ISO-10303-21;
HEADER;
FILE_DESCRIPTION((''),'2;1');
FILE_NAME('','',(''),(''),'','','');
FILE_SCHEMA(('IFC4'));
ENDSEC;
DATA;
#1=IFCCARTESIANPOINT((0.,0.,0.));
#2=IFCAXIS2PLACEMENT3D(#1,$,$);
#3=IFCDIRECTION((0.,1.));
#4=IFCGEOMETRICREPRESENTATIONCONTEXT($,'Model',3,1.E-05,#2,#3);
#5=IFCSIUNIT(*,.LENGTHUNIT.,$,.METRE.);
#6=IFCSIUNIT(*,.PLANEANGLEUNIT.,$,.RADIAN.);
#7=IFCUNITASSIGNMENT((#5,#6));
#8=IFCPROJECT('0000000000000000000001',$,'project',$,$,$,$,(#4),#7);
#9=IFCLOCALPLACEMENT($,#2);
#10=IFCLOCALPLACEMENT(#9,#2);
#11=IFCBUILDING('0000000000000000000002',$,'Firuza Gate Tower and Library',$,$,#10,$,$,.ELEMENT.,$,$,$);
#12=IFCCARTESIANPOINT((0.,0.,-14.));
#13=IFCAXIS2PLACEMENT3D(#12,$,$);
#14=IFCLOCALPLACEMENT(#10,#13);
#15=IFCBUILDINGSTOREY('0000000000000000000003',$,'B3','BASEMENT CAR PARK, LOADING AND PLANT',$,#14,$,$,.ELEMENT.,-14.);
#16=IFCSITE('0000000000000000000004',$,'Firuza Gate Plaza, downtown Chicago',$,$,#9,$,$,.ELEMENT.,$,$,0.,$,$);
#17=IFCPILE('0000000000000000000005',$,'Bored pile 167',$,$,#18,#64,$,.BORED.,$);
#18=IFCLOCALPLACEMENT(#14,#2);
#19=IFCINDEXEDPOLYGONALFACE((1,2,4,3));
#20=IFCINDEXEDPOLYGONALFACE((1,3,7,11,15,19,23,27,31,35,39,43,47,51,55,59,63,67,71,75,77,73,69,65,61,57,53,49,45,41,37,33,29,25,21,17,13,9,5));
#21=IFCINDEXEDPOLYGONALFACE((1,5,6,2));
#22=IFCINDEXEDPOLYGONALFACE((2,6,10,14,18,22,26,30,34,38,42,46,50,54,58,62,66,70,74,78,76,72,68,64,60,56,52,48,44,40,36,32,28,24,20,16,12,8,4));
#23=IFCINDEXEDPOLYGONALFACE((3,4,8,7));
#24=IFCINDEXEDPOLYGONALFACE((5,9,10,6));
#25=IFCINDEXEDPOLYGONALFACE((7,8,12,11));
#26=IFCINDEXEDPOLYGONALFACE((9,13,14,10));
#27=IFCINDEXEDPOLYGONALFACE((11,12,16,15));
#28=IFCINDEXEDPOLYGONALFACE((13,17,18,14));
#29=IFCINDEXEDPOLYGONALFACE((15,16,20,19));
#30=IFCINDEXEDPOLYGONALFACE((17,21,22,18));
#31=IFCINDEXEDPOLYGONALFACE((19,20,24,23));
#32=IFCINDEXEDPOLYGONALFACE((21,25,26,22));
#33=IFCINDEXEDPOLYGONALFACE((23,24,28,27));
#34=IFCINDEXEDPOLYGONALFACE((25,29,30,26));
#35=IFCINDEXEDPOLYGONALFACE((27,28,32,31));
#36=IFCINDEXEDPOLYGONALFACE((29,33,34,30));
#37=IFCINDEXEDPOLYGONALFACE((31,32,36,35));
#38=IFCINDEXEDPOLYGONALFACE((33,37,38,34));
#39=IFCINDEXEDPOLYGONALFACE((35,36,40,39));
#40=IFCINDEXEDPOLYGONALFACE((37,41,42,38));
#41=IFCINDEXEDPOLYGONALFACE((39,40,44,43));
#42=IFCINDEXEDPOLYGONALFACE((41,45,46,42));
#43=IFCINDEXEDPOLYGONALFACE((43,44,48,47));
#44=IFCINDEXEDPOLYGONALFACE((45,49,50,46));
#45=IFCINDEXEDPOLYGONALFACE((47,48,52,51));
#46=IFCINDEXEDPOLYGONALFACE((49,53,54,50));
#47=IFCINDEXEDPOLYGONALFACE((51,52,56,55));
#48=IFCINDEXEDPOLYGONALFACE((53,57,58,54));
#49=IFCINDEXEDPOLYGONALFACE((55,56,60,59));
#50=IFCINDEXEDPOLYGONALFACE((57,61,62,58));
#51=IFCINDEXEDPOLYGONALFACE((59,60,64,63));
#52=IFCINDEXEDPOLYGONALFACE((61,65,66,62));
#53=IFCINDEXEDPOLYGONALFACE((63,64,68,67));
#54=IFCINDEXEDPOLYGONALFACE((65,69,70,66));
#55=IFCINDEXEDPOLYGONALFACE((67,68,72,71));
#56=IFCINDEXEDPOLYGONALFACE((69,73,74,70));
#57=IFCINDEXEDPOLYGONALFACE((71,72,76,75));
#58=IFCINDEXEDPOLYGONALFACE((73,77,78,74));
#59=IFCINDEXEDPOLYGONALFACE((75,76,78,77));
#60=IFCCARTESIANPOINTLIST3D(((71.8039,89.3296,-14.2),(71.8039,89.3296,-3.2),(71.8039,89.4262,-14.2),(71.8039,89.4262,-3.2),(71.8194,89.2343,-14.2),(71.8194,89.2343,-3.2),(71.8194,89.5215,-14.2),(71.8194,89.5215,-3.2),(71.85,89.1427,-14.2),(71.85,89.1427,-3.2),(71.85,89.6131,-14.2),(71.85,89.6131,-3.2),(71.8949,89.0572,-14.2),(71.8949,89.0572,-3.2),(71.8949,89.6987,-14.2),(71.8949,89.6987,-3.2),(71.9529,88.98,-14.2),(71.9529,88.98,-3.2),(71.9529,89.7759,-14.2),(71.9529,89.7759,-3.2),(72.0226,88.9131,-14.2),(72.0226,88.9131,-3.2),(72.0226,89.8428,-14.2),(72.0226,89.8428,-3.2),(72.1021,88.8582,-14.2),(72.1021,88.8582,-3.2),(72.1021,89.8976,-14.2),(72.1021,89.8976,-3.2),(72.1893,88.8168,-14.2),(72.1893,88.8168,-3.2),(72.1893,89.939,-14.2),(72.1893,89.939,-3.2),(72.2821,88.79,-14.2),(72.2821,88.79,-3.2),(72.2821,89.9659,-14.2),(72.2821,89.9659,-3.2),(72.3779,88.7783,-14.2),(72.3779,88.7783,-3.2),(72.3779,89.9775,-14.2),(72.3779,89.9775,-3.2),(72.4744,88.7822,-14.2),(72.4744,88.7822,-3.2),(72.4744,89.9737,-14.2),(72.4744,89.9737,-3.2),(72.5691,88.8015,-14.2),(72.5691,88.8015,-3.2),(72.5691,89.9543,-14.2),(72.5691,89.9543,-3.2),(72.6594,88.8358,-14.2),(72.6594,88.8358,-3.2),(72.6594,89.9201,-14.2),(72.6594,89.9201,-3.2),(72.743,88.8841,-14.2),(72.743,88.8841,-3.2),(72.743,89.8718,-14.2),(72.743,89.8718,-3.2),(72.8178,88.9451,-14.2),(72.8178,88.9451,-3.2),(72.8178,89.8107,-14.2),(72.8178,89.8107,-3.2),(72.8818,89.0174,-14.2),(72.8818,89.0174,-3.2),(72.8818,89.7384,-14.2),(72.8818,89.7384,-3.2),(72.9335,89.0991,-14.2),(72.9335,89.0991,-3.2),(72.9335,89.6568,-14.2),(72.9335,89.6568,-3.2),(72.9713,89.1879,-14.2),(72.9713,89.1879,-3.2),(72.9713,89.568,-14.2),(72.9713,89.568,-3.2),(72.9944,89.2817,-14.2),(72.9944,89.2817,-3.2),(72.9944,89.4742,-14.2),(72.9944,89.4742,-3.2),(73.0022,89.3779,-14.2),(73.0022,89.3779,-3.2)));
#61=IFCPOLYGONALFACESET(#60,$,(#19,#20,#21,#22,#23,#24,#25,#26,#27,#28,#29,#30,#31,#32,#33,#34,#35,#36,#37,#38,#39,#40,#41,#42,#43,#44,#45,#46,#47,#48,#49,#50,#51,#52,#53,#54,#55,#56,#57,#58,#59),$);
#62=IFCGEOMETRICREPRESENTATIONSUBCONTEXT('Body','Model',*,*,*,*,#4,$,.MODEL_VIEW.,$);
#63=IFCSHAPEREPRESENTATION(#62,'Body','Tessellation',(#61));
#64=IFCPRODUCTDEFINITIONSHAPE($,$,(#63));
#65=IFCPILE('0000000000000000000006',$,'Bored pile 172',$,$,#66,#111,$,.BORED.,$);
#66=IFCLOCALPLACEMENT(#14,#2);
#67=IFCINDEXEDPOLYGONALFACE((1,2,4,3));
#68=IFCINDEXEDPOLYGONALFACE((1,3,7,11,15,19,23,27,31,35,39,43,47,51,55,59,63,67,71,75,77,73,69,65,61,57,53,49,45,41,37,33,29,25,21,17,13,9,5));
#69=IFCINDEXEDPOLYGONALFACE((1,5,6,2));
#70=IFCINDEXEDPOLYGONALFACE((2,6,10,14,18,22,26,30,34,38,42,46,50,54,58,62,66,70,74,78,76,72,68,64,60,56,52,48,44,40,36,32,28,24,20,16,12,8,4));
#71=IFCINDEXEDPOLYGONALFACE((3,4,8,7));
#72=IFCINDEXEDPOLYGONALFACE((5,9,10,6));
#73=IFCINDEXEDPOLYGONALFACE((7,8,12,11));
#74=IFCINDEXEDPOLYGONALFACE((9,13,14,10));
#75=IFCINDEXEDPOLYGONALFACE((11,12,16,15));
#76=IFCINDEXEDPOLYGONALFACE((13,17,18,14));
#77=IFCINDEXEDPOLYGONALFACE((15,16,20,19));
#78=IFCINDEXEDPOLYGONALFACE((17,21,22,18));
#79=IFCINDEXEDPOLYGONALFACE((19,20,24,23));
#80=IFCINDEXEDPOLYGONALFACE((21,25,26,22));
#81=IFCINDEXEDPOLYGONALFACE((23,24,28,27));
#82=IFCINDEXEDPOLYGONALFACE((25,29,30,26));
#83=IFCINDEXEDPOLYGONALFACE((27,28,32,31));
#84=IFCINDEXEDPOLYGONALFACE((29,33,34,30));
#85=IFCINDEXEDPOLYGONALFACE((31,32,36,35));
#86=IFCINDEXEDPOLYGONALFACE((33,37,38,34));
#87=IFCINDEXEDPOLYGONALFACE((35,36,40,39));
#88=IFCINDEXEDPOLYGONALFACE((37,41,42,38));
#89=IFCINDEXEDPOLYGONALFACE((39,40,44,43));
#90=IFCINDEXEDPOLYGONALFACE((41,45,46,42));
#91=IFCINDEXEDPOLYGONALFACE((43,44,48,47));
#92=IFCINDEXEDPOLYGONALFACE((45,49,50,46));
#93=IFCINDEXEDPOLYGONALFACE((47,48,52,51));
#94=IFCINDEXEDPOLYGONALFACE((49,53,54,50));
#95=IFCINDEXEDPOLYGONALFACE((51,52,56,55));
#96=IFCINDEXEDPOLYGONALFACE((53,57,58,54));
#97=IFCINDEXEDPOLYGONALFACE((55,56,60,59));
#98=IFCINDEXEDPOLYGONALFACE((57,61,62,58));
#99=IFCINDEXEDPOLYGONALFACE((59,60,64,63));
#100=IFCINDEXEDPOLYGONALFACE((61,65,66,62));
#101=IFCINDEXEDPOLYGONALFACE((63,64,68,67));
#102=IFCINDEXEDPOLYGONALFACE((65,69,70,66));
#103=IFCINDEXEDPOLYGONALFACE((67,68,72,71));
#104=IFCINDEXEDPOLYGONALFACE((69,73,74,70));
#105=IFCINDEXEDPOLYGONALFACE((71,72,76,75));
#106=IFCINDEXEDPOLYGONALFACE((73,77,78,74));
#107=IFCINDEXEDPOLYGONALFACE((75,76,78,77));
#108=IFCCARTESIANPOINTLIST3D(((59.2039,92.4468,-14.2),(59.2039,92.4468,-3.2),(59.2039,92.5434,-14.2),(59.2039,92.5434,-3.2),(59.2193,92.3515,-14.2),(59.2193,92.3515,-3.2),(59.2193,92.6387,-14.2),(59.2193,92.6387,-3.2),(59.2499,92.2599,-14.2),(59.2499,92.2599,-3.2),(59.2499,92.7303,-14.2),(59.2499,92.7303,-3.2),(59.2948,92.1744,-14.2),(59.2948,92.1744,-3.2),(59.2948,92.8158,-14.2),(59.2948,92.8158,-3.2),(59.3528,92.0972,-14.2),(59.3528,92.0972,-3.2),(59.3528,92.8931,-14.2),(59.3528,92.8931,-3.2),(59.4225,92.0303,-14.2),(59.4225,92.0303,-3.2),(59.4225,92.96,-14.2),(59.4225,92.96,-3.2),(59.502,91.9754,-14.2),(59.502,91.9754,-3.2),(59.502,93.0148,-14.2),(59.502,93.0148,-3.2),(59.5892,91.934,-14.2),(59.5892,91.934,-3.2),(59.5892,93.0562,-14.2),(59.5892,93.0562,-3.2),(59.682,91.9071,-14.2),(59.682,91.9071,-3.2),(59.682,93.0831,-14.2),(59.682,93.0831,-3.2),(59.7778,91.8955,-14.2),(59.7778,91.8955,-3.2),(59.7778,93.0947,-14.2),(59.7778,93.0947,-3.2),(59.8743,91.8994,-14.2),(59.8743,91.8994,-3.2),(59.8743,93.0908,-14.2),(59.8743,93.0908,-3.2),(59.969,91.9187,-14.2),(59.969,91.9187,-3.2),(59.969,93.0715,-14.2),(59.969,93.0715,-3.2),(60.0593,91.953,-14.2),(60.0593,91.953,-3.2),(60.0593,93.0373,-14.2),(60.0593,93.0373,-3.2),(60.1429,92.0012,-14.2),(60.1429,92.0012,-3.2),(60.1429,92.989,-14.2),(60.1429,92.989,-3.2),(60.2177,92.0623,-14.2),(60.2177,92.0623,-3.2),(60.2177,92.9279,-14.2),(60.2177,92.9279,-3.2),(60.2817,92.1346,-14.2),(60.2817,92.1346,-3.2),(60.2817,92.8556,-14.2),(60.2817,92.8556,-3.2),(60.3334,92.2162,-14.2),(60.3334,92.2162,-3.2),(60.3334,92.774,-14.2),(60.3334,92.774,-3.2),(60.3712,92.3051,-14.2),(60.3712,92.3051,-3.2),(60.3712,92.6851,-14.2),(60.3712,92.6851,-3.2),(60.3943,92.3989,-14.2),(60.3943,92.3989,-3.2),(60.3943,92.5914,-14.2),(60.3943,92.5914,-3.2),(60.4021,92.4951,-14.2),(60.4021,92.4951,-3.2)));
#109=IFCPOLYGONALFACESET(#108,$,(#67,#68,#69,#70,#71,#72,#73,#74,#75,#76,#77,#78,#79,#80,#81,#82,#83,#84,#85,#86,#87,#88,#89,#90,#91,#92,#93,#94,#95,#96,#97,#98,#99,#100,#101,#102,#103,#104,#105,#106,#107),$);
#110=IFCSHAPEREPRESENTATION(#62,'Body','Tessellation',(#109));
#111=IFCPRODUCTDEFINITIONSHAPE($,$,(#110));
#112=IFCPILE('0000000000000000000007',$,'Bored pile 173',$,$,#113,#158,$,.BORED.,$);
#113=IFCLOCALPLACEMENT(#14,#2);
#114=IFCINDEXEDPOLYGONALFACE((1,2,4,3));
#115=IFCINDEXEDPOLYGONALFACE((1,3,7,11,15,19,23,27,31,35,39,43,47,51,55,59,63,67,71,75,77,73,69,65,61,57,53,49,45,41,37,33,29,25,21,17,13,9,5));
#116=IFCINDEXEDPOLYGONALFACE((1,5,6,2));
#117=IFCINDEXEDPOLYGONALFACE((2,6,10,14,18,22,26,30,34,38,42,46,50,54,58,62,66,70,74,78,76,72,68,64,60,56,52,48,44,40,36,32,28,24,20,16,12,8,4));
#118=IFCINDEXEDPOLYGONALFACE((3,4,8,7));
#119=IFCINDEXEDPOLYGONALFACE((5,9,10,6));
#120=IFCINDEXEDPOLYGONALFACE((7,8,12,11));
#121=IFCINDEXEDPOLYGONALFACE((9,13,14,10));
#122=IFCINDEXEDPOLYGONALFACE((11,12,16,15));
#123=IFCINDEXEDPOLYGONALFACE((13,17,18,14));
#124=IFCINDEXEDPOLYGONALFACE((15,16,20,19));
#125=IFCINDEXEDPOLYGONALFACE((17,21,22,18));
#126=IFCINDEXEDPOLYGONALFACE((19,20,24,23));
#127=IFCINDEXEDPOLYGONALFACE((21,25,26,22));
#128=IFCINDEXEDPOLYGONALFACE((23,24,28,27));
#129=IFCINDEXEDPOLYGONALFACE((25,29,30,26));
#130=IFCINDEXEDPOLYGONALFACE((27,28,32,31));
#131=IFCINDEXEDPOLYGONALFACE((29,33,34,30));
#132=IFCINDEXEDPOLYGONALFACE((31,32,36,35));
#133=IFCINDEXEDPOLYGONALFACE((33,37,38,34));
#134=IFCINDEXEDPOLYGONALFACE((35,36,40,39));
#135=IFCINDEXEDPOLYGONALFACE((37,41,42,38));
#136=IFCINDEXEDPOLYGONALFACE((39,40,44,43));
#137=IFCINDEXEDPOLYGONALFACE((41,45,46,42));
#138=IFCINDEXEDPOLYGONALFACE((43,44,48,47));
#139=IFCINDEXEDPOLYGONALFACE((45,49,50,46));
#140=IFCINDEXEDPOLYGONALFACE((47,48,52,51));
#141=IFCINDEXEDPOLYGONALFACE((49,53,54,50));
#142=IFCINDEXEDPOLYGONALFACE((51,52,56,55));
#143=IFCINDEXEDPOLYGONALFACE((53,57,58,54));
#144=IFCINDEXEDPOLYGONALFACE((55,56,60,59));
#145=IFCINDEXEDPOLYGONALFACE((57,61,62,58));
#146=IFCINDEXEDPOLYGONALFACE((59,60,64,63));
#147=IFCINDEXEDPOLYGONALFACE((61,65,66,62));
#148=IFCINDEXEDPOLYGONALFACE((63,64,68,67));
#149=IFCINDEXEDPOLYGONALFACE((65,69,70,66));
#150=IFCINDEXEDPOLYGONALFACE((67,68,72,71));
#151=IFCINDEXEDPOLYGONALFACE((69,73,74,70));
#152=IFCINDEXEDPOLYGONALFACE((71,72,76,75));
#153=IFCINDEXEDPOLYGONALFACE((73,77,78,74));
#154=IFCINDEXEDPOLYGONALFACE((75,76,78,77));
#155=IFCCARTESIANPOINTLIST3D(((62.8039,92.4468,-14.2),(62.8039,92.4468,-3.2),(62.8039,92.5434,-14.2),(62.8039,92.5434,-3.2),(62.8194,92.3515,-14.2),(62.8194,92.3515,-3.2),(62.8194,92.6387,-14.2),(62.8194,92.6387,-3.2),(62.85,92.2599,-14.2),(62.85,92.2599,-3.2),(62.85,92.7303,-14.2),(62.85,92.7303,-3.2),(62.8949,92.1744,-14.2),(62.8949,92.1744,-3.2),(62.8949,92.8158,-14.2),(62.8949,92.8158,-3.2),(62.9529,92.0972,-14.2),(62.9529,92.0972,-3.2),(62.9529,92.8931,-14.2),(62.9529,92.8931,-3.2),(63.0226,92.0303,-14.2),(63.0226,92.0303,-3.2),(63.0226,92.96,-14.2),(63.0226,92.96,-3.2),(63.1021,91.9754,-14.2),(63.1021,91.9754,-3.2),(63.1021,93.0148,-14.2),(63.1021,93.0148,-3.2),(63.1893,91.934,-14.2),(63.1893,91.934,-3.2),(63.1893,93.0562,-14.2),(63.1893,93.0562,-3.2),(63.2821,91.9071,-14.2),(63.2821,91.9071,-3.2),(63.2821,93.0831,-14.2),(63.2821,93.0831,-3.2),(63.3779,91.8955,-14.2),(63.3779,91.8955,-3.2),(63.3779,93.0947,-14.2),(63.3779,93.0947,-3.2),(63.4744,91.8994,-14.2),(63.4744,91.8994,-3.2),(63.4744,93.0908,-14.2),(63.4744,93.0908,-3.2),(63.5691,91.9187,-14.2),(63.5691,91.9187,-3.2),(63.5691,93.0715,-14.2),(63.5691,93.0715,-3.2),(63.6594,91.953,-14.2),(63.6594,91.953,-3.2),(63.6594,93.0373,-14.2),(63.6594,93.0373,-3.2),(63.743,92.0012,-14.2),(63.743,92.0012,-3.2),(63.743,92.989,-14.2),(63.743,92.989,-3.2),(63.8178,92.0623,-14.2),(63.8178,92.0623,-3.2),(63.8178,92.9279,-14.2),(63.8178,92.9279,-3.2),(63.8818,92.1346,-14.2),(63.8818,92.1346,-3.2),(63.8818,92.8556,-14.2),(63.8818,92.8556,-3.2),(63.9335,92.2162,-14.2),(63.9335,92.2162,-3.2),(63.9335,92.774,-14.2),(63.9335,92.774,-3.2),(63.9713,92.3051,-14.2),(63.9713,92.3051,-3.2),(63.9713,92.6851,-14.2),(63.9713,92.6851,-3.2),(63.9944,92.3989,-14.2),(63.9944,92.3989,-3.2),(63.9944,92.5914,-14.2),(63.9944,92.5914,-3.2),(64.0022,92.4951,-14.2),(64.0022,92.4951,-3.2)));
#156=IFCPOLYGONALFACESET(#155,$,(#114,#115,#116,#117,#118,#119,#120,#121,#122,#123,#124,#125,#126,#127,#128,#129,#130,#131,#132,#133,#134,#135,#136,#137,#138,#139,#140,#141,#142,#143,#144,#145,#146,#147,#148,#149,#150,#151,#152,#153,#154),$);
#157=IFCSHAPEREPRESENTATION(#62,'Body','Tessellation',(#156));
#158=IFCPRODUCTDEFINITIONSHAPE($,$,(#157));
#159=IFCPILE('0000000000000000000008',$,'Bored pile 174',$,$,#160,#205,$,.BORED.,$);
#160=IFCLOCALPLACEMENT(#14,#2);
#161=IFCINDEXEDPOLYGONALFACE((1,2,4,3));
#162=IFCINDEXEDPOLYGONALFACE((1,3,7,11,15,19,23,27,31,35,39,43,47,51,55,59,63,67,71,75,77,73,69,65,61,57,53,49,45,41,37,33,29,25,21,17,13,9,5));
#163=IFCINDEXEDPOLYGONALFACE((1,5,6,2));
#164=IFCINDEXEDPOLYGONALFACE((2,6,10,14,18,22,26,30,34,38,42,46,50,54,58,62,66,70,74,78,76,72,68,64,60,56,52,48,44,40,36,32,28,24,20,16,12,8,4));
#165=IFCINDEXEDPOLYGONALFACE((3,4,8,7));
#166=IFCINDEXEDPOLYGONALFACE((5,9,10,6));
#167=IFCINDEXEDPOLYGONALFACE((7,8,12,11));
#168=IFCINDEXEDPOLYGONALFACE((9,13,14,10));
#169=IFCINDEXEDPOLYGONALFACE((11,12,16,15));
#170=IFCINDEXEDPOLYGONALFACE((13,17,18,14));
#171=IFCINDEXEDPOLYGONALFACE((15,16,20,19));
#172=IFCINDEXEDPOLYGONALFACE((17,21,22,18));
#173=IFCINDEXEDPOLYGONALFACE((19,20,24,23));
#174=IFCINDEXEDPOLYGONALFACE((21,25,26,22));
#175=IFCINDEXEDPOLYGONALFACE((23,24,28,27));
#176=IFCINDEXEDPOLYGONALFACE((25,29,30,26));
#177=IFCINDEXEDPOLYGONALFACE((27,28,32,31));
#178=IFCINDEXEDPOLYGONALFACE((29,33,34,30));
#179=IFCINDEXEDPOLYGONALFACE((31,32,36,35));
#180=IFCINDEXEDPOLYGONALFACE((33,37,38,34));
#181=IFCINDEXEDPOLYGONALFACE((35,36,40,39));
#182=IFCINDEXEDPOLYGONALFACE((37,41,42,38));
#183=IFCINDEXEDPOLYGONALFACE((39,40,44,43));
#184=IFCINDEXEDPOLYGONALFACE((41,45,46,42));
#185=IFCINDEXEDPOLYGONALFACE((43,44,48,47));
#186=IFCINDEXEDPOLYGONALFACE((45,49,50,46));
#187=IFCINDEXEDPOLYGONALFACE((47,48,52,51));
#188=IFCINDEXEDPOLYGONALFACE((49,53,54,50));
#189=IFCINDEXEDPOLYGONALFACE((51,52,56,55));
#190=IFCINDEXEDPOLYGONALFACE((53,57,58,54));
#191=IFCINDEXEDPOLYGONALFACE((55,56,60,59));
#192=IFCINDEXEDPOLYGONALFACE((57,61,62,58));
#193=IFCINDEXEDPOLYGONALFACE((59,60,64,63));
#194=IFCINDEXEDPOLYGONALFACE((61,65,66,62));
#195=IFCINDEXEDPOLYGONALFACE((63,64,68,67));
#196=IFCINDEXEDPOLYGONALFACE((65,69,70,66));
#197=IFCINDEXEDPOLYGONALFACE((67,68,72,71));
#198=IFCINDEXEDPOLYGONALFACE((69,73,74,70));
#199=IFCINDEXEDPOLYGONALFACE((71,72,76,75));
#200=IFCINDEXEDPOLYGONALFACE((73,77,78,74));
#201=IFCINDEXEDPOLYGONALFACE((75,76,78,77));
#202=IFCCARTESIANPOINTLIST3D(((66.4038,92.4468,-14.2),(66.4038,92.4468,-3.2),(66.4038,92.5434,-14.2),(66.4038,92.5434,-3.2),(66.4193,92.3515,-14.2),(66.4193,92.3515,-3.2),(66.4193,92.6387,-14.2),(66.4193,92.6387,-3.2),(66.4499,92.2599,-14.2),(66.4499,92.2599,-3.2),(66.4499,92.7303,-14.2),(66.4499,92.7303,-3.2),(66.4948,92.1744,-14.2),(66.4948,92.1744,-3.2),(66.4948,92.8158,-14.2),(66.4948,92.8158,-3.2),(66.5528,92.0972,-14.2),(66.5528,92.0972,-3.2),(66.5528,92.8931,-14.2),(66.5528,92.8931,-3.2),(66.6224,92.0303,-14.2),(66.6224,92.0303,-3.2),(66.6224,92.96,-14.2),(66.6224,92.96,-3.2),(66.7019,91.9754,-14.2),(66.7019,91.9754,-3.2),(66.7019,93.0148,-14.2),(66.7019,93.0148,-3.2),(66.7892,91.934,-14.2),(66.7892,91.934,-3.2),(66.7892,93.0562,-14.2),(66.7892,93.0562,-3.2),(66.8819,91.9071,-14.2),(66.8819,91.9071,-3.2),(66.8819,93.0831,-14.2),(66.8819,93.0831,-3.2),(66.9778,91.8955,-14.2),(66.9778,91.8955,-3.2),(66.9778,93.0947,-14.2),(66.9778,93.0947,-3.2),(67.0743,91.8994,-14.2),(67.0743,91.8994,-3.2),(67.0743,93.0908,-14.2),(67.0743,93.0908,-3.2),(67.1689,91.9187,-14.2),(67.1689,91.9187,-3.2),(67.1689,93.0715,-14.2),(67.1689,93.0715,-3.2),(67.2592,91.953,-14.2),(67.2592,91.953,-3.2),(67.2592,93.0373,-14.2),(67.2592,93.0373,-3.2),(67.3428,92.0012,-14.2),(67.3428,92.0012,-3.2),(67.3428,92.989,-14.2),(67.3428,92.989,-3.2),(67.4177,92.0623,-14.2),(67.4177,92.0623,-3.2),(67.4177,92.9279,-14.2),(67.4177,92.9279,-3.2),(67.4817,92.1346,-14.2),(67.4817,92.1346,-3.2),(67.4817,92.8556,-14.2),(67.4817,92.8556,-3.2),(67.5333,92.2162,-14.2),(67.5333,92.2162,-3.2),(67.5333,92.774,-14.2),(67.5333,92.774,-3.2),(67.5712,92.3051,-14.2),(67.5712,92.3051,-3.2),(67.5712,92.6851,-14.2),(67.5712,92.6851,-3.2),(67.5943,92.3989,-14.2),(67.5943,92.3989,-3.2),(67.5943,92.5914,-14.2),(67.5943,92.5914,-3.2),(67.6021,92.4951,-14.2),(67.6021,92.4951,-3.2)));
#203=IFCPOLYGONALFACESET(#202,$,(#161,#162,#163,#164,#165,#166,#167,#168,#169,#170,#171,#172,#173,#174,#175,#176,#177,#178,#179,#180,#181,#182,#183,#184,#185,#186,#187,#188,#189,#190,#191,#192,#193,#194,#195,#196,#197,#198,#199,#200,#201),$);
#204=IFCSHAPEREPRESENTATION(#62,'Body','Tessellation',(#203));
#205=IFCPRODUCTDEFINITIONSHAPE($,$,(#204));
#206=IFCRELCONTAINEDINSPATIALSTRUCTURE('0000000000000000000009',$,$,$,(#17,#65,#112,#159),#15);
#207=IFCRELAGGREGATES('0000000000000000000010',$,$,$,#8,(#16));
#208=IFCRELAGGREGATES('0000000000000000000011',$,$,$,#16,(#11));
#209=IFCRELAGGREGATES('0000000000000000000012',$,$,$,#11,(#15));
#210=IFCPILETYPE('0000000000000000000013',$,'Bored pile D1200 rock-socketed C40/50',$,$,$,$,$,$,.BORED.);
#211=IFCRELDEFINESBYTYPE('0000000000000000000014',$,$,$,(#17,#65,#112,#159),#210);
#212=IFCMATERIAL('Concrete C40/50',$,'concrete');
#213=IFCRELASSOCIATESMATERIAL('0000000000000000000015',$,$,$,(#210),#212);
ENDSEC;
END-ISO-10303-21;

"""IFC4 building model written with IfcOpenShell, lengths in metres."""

from ifc_helpers import new_model, si_unit, direction, frame, origin, origin_2d, place, context, subcontext, project, spatial, circle, extrude, material, material_profile, profile_set, type_object, element, save


model = new_model("IFC4")

# Units and contexts
model_context = context("Model", 3, precision=1e-05, world=origin(), true_north=direction((0.0, 1.0)))
body_context = subcontext(model_context, "Body", "Model", "MODEL_VIEW")
ifc_project = project(units=[si_unit("LENGTHUNIT", "METRE"), si_unit("PLANEANGLEUNIT", "RADIAN")], contexts=[model_context])

# Site, building, storey
site_placement = place(None, origin())
site = spatial("IfcSite", under=ifc_project, at=site_placement, Name="Firuza Gate Plaza, downtown Chicago", CompositionType="ELEMENT", RefElevation=0.0)
building_placement = place(site_placement, origin())
building = spatial("IfcBuilding", under=site, at=building_placement, Name="Firuza Gate Tower and Library", CompositionType="ELEMENT")
storey_placement = place(building_placement, frame((0.0, 0.0, -14.0)))
storey = spatial("IfcBuildingStorey", under=building, at=storey_placement, Name="B3", Description="BASEMENT CAR PARK, LOADING AND PLANT", CompositionType="ELEMENT", Elevation=-14.0)

# Piles
ifc_material_1 = material(Name="Concrete C40/50", Category="concrete")
ifc_material_profile_1 = material_profile(ifc_material_1, circle(Radius=0.6001, at=origin_2d()))
ifc_profile_set_1 = profile_set([ifc_material_profile_1], Name="Concrete C40/50")
pile_type = type_object("IfcPileType", Name="Bored pile D1200 rock-socketed C40/50", PredefinedType="BORED", material=ifc_profile_set_1)
for number, where, z_axis, x_axis, name in (
    (1, (72.4021, 89.3779, -3.2), (0.0, 0.0, -1.0), (1.0, 0.0, 0.0), "Bored pile 167"),
    (2, (59.802, 92.4951, -3.2), (0.0, 0.0, -1.0), (1.0, 0.0, 0.0), "Bored pile 172"),
    (3, (63.4021, 92.4951, -3.2), (0.0, 0.0, -1.0), (1.0, 0.0, 0.0), "Bored pile 173"),
    (4, (67.002, 92.4951, -3.2), (0.0, 0.0, -1.0), (1.0, 0.0, 0.0), "Bored pile 174"),
):
    element("IfcPile", number, at=place(storey_placement, frame(where, z_axis=z_axis, x_axis=x_axis)), inside=storey, type_object=pile_type, Name=name, PredefinedType="BORED", context=body_context, shape_type="SweptSolid", body=[
        extrude(circle(Radius=0.6001, at=origin_2d()), origin(), (0.0, 0.0, 1.0), 11.0),
    ])

save(model, "model.ifc")
